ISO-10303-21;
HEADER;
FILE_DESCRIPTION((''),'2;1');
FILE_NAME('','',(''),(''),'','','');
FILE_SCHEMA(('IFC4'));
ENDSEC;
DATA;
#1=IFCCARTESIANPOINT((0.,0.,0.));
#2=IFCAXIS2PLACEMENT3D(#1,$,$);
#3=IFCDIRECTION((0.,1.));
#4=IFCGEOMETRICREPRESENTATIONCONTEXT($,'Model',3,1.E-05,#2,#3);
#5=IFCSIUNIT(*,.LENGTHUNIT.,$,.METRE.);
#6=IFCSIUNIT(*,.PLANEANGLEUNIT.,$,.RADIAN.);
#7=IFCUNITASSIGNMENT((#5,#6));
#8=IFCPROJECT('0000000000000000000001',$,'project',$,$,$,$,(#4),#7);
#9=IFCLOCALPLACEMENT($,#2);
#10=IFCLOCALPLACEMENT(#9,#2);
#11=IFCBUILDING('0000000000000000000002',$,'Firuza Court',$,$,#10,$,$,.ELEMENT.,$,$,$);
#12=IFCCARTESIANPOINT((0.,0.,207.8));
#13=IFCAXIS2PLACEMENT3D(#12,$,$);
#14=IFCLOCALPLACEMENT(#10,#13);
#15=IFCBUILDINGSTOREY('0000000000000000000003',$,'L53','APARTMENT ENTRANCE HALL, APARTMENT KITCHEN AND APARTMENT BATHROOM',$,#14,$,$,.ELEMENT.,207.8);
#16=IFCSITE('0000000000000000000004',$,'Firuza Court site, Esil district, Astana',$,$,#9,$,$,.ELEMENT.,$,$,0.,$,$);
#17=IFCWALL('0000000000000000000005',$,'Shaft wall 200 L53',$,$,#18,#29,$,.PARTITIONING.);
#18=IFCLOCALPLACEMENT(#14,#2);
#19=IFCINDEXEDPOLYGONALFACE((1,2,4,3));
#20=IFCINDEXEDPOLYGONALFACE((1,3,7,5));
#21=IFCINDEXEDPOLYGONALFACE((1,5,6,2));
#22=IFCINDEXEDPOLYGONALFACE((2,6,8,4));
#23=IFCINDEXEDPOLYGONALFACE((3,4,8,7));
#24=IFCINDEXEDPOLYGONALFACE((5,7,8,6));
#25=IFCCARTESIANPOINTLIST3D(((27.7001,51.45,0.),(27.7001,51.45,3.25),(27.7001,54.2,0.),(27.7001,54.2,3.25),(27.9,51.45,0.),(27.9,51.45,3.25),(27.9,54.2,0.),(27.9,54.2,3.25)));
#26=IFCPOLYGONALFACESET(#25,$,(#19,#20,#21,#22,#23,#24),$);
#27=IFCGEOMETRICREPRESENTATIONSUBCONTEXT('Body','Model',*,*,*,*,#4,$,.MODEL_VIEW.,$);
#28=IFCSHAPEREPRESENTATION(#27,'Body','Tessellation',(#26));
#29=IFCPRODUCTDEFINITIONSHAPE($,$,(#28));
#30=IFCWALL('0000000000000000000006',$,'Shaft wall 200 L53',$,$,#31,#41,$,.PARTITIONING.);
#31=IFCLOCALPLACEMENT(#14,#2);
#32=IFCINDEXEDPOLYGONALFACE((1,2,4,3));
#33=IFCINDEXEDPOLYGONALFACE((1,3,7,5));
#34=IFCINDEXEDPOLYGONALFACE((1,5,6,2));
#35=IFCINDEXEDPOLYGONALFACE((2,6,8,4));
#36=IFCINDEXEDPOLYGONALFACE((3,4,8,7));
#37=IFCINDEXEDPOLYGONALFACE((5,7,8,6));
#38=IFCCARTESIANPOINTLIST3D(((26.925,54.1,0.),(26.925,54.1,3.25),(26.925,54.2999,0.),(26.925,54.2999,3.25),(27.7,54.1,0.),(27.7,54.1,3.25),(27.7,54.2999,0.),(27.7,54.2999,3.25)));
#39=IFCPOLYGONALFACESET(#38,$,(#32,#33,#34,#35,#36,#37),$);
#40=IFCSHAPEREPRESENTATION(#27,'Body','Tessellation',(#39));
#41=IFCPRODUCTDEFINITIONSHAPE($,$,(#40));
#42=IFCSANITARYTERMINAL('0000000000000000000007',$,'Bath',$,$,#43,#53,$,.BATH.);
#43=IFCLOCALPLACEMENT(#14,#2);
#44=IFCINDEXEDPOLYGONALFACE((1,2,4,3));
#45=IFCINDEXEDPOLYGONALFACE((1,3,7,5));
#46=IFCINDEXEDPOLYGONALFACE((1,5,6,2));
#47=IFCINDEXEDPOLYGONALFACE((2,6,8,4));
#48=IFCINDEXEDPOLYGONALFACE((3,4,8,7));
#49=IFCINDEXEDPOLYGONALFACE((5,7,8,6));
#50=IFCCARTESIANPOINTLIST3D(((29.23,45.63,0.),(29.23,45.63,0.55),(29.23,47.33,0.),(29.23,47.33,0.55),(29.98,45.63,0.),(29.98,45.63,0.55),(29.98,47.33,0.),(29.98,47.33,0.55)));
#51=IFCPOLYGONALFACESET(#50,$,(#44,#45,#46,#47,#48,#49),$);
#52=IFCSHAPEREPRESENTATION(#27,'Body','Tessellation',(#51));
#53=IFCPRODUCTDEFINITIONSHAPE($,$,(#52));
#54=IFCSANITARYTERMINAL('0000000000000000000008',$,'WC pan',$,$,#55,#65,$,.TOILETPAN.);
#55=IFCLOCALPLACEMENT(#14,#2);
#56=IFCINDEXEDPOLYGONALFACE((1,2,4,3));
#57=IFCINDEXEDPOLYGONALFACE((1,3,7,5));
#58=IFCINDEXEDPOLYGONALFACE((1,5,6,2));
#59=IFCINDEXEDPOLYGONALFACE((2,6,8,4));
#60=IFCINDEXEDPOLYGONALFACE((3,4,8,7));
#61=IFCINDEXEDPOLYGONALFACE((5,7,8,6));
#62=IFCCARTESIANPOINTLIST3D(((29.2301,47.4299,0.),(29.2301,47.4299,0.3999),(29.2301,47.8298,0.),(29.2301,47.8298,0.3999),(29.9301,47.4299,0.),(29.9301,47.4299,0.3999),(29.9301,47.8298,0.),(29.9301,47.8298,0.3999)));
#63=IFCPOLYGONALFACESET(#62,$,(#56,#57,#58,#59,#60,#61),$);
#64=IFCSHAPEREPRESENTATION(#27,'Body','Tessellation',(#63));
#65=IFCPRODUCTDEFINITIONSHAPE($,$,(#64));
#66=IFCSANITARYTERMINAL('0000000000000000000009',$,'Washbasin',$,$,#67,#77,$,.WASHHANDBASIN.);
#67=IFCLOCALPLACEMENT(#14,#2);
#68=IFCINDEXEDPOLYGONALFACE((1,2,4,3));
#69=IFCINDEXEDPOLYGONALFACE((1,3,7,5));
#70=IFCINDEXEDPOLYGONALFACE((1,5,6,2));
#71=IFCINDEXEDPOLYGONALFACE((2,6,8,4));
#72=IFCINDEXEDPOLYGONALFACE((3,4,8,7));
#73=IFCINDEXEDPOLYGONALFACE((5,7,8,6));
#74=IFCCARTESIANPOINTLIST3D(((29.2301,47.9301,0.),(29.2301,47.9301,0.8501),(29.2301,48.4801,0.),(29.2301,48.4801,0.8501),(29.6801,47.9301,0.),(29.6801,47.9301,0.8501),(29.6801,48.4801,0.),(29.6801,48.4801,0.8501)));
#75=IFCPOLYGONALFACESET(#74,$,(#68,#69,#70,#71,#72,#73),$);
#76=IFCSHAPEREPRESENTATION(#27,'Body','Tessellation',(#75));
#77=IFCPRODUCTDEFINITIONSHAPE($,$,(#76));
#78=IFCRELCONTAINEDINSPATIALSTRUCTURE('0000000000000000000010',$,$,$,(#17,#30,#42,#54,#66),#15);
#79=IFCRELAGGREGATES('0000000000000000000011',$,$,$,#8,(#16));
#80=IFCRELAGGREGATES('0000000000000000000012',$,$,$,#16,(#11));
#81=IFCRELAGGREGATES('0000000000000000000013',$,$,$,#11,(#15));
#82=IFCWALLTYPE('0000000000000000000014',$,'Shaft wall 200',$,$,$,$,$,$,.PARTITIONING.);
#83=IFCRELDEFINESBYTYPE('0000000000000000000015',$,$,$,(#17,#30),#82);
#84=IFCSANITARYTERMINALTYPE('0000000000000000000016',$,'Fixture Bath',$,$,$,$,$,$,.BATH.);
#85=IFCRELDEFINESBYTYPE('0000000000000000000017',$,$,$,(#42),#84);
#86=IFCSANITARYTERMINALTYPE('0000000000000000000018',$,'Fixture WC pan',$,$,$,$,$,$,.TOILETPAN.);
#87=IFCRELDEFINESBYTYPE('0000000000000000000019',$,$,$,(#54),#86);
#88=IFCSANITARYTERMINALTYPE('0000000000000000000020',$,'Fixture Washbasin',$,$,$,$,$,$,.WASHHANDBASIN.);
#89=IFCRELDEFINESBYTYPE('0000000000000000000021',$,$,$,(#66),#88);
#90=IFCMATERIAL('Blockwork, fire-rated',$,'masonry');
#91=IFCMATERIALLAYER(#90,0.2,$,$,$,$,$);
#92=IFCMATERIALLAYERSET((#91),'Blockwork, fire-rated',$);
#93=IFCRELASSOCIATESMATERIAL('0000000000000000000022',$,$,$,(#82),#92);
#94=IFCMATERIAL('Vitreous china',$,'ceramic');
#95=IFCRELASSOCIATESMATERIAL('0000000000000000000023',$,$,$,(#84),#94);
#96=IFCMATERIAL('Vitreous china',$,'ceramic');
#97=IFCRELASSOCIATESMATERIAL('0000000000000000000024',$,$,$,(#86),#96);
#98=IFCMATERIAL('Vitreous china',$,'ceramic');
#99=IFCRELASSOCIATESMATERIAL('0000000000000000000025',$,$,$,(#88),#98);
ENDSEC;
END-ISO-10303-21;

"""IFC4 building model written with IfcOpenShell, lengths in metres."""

from ifc_helpers import new_model, si_unit, direction, frame, frame_2d, origin, origin_2d, place, context, subcontext, project, spatial, rectangle, extrude, material, layer, layer_set, type_object, element, save


model = new_model("IFC4")

# Units and contexts
model_context = context("Model", 3, precision=1e-05, world=origin(), true_north=direction((0.0, 1.0)))
body_context = subcontext(model_context, "Body", "Model", "MODEL_VIEW")
ifc_project = project(units=[si_unit("LENGTHUNIT", "METRE"), si_unit("PLANEANGLEUNIT", "RADIAN")], contexts=[model_context])

# Site, building, storey
site_placement = place(None, origin())
site = spatial("IfcSite", under=ifc_project, at=site_placement, Name="Firuza Court site, Esil district, Astana", CompositionType="ELEMENT", RefElevation=0.0)
building_placement = place(site_placement, origin())
building = spatial("IfcBuilding", under=site, at=building_placement, Name="Firuza Court", CompositionType="ELEMENT")
storey_placement = place(building_placement, frame((0.0, 0.0, 207.8)))
storey = spatial("IfcBuildingStorey", under=building, at=storey_placement, Name="L53", Description="APARTMENT ENTRANCE HALL, APARTMENT KITCHEN AND APARTMENT BATHROOM", CompositionType="ELEMENT", Elevation=207.8)

# Walls
ifc_material_1 = material(Name="Blockwork, fire-rated", Category="masonry")
ifc_layer_1 = layer(ifc_material_1, 0.2)
ifc_layer_set_1 = layer_set([ifc_layer_1], Name="Blockwork, fire-rated")
wall_type_1 = type_object("IfcWallType", Name="Shaft wall 200", PredefinedType="PARTITIONING", material=ifc_layer_set_1)
wall_1_placement = place(storey_placement, frame((27.8, 51.45, 0.0), z_axis=(0.0, 0.0, 1.0), x_axis=(0.0, 1.0, 0.0)))
element("IfcWall", 1, at=wall_1_placement, inside=storey, type_object=wall_type_1, Name="Shaft wall 200 L53", PredefinedType="PARTITIONING", context=body_context, shape_type="SweptSolid", body=[
    extrude(rectangle(XDim=2.75, YDim=0.2, at=frame_2d((1.375, 0.0))), origin(), (0.0, 0.0, 1.0), 3.25),
])
wall_2_placement = place(storey_placement, frame((26.925, 54.2, 0.0), z_axis=(0.0, 0.0, 1.0), x_axis=(1.0, 0.0, 0.0)))
element("IfcWall", 2, at=wall_2_placement, inside=storey, type_object=wall_type_1, Name="Shaft wall 200 L53", PredefinedType="PARTITIONING", context=body_context, shape_type="SweptSolid", body=[
    extrude(rectangle(XDim=0.7749, YDim=0.2, at=frame_2d((0.3875, 0.0))), origin(), (0.0, 0.0, 1.0), 3.25),
])

# Sanitary terminals
ifc_material_2 = material(Name="Vitreous china", Category="ceramic")
sanitary_terminal_type_1 = type_object("IfcSanitaryTerminalType", Name="Fixture Bath", PredefinedType="BATH", material=ifc_material_2)
sanitary_terminal_1_placement = place(storey_placement, frame((29.605, 46.48, 0.0), z_axis=(0.0, 0.0, 1.0), x_axis=(1.0, 0.0, 0.0)))
element("IfcSanitaryTerminal", 3, at=sanitary_terminal_1_placement, inside=storey, type_object=sanitary_terminal_type_1, Name="Bath", PredefinedType="BATH", context=body_context, shape_type="SweptSolid", body=[
    extrude(rectangle(XDim=0.75, YDim=1.7, at=origin_2d()), origin(), (0.0, 0.0, 1.0), 0.55),
])
ifc_material_3 = material(Name="Vitreous china", Category="ceramic")
sanitary_terminal_type_2 = type_object("IfcSanitaryTerminalType", Name="Fixture WC pan", PredefinedType="TOILETPAN", material=ifc_material_3)
sanitary_terminal_2_placement = place(storey_placement, frame((29.5801, 47.6299, 0.0), z_axis=(0.0, 0.0, 1.0), x_axis=(1.0, 0.0, 0.0)))
element("IfcSanitaryTerminal", 4, at=sanitary_terminal_2_placement, inside=storey, type_object=sanitary_terminal_type_2, Name="WC pan", PredefinedType="TOILETPAN", context=body_context, shape_type="SweptSolid", body=[
    extrude(rectangle(XDim=0.7, YDim=0.3999, at=origin_2d()), origin(), (0.0, 0.0, 1.0), 0.3999),
])
ifc_material_4 = material(Name="Vitreous china", Category="ceramic")
sanitary_terminal_type_3 = type_object("IfcSanitaryTerminalType", Name="Fixture Washbasin", PredefinedType="WASHHANDBASIN", material=ifc_material_4)
sanitary_terminal_3_placement = place(storey_placement, frame((29.4551, 48.2051, 0.0), z_axis=(0.0, 0.0, 1.0), x_axis=(1.0, 0.0, 0.0)))
element("IfcSanitaryTerminal", 5, at=sanitary_terminal_3_placement, inside=storey, type_object=sanitary_terminal_type_3, Name="Washbasin", PredefinedType="WASHHANDBASIN", context=body_context, shape_type="SweptSolid", body=[
    extrude(rectangle(XDim=0.45, YDim=0.55, at=origin_2d()), origin(), (0.0, 0.0, 1.0), 0.8501),
])

save(model, "model.ifc")
